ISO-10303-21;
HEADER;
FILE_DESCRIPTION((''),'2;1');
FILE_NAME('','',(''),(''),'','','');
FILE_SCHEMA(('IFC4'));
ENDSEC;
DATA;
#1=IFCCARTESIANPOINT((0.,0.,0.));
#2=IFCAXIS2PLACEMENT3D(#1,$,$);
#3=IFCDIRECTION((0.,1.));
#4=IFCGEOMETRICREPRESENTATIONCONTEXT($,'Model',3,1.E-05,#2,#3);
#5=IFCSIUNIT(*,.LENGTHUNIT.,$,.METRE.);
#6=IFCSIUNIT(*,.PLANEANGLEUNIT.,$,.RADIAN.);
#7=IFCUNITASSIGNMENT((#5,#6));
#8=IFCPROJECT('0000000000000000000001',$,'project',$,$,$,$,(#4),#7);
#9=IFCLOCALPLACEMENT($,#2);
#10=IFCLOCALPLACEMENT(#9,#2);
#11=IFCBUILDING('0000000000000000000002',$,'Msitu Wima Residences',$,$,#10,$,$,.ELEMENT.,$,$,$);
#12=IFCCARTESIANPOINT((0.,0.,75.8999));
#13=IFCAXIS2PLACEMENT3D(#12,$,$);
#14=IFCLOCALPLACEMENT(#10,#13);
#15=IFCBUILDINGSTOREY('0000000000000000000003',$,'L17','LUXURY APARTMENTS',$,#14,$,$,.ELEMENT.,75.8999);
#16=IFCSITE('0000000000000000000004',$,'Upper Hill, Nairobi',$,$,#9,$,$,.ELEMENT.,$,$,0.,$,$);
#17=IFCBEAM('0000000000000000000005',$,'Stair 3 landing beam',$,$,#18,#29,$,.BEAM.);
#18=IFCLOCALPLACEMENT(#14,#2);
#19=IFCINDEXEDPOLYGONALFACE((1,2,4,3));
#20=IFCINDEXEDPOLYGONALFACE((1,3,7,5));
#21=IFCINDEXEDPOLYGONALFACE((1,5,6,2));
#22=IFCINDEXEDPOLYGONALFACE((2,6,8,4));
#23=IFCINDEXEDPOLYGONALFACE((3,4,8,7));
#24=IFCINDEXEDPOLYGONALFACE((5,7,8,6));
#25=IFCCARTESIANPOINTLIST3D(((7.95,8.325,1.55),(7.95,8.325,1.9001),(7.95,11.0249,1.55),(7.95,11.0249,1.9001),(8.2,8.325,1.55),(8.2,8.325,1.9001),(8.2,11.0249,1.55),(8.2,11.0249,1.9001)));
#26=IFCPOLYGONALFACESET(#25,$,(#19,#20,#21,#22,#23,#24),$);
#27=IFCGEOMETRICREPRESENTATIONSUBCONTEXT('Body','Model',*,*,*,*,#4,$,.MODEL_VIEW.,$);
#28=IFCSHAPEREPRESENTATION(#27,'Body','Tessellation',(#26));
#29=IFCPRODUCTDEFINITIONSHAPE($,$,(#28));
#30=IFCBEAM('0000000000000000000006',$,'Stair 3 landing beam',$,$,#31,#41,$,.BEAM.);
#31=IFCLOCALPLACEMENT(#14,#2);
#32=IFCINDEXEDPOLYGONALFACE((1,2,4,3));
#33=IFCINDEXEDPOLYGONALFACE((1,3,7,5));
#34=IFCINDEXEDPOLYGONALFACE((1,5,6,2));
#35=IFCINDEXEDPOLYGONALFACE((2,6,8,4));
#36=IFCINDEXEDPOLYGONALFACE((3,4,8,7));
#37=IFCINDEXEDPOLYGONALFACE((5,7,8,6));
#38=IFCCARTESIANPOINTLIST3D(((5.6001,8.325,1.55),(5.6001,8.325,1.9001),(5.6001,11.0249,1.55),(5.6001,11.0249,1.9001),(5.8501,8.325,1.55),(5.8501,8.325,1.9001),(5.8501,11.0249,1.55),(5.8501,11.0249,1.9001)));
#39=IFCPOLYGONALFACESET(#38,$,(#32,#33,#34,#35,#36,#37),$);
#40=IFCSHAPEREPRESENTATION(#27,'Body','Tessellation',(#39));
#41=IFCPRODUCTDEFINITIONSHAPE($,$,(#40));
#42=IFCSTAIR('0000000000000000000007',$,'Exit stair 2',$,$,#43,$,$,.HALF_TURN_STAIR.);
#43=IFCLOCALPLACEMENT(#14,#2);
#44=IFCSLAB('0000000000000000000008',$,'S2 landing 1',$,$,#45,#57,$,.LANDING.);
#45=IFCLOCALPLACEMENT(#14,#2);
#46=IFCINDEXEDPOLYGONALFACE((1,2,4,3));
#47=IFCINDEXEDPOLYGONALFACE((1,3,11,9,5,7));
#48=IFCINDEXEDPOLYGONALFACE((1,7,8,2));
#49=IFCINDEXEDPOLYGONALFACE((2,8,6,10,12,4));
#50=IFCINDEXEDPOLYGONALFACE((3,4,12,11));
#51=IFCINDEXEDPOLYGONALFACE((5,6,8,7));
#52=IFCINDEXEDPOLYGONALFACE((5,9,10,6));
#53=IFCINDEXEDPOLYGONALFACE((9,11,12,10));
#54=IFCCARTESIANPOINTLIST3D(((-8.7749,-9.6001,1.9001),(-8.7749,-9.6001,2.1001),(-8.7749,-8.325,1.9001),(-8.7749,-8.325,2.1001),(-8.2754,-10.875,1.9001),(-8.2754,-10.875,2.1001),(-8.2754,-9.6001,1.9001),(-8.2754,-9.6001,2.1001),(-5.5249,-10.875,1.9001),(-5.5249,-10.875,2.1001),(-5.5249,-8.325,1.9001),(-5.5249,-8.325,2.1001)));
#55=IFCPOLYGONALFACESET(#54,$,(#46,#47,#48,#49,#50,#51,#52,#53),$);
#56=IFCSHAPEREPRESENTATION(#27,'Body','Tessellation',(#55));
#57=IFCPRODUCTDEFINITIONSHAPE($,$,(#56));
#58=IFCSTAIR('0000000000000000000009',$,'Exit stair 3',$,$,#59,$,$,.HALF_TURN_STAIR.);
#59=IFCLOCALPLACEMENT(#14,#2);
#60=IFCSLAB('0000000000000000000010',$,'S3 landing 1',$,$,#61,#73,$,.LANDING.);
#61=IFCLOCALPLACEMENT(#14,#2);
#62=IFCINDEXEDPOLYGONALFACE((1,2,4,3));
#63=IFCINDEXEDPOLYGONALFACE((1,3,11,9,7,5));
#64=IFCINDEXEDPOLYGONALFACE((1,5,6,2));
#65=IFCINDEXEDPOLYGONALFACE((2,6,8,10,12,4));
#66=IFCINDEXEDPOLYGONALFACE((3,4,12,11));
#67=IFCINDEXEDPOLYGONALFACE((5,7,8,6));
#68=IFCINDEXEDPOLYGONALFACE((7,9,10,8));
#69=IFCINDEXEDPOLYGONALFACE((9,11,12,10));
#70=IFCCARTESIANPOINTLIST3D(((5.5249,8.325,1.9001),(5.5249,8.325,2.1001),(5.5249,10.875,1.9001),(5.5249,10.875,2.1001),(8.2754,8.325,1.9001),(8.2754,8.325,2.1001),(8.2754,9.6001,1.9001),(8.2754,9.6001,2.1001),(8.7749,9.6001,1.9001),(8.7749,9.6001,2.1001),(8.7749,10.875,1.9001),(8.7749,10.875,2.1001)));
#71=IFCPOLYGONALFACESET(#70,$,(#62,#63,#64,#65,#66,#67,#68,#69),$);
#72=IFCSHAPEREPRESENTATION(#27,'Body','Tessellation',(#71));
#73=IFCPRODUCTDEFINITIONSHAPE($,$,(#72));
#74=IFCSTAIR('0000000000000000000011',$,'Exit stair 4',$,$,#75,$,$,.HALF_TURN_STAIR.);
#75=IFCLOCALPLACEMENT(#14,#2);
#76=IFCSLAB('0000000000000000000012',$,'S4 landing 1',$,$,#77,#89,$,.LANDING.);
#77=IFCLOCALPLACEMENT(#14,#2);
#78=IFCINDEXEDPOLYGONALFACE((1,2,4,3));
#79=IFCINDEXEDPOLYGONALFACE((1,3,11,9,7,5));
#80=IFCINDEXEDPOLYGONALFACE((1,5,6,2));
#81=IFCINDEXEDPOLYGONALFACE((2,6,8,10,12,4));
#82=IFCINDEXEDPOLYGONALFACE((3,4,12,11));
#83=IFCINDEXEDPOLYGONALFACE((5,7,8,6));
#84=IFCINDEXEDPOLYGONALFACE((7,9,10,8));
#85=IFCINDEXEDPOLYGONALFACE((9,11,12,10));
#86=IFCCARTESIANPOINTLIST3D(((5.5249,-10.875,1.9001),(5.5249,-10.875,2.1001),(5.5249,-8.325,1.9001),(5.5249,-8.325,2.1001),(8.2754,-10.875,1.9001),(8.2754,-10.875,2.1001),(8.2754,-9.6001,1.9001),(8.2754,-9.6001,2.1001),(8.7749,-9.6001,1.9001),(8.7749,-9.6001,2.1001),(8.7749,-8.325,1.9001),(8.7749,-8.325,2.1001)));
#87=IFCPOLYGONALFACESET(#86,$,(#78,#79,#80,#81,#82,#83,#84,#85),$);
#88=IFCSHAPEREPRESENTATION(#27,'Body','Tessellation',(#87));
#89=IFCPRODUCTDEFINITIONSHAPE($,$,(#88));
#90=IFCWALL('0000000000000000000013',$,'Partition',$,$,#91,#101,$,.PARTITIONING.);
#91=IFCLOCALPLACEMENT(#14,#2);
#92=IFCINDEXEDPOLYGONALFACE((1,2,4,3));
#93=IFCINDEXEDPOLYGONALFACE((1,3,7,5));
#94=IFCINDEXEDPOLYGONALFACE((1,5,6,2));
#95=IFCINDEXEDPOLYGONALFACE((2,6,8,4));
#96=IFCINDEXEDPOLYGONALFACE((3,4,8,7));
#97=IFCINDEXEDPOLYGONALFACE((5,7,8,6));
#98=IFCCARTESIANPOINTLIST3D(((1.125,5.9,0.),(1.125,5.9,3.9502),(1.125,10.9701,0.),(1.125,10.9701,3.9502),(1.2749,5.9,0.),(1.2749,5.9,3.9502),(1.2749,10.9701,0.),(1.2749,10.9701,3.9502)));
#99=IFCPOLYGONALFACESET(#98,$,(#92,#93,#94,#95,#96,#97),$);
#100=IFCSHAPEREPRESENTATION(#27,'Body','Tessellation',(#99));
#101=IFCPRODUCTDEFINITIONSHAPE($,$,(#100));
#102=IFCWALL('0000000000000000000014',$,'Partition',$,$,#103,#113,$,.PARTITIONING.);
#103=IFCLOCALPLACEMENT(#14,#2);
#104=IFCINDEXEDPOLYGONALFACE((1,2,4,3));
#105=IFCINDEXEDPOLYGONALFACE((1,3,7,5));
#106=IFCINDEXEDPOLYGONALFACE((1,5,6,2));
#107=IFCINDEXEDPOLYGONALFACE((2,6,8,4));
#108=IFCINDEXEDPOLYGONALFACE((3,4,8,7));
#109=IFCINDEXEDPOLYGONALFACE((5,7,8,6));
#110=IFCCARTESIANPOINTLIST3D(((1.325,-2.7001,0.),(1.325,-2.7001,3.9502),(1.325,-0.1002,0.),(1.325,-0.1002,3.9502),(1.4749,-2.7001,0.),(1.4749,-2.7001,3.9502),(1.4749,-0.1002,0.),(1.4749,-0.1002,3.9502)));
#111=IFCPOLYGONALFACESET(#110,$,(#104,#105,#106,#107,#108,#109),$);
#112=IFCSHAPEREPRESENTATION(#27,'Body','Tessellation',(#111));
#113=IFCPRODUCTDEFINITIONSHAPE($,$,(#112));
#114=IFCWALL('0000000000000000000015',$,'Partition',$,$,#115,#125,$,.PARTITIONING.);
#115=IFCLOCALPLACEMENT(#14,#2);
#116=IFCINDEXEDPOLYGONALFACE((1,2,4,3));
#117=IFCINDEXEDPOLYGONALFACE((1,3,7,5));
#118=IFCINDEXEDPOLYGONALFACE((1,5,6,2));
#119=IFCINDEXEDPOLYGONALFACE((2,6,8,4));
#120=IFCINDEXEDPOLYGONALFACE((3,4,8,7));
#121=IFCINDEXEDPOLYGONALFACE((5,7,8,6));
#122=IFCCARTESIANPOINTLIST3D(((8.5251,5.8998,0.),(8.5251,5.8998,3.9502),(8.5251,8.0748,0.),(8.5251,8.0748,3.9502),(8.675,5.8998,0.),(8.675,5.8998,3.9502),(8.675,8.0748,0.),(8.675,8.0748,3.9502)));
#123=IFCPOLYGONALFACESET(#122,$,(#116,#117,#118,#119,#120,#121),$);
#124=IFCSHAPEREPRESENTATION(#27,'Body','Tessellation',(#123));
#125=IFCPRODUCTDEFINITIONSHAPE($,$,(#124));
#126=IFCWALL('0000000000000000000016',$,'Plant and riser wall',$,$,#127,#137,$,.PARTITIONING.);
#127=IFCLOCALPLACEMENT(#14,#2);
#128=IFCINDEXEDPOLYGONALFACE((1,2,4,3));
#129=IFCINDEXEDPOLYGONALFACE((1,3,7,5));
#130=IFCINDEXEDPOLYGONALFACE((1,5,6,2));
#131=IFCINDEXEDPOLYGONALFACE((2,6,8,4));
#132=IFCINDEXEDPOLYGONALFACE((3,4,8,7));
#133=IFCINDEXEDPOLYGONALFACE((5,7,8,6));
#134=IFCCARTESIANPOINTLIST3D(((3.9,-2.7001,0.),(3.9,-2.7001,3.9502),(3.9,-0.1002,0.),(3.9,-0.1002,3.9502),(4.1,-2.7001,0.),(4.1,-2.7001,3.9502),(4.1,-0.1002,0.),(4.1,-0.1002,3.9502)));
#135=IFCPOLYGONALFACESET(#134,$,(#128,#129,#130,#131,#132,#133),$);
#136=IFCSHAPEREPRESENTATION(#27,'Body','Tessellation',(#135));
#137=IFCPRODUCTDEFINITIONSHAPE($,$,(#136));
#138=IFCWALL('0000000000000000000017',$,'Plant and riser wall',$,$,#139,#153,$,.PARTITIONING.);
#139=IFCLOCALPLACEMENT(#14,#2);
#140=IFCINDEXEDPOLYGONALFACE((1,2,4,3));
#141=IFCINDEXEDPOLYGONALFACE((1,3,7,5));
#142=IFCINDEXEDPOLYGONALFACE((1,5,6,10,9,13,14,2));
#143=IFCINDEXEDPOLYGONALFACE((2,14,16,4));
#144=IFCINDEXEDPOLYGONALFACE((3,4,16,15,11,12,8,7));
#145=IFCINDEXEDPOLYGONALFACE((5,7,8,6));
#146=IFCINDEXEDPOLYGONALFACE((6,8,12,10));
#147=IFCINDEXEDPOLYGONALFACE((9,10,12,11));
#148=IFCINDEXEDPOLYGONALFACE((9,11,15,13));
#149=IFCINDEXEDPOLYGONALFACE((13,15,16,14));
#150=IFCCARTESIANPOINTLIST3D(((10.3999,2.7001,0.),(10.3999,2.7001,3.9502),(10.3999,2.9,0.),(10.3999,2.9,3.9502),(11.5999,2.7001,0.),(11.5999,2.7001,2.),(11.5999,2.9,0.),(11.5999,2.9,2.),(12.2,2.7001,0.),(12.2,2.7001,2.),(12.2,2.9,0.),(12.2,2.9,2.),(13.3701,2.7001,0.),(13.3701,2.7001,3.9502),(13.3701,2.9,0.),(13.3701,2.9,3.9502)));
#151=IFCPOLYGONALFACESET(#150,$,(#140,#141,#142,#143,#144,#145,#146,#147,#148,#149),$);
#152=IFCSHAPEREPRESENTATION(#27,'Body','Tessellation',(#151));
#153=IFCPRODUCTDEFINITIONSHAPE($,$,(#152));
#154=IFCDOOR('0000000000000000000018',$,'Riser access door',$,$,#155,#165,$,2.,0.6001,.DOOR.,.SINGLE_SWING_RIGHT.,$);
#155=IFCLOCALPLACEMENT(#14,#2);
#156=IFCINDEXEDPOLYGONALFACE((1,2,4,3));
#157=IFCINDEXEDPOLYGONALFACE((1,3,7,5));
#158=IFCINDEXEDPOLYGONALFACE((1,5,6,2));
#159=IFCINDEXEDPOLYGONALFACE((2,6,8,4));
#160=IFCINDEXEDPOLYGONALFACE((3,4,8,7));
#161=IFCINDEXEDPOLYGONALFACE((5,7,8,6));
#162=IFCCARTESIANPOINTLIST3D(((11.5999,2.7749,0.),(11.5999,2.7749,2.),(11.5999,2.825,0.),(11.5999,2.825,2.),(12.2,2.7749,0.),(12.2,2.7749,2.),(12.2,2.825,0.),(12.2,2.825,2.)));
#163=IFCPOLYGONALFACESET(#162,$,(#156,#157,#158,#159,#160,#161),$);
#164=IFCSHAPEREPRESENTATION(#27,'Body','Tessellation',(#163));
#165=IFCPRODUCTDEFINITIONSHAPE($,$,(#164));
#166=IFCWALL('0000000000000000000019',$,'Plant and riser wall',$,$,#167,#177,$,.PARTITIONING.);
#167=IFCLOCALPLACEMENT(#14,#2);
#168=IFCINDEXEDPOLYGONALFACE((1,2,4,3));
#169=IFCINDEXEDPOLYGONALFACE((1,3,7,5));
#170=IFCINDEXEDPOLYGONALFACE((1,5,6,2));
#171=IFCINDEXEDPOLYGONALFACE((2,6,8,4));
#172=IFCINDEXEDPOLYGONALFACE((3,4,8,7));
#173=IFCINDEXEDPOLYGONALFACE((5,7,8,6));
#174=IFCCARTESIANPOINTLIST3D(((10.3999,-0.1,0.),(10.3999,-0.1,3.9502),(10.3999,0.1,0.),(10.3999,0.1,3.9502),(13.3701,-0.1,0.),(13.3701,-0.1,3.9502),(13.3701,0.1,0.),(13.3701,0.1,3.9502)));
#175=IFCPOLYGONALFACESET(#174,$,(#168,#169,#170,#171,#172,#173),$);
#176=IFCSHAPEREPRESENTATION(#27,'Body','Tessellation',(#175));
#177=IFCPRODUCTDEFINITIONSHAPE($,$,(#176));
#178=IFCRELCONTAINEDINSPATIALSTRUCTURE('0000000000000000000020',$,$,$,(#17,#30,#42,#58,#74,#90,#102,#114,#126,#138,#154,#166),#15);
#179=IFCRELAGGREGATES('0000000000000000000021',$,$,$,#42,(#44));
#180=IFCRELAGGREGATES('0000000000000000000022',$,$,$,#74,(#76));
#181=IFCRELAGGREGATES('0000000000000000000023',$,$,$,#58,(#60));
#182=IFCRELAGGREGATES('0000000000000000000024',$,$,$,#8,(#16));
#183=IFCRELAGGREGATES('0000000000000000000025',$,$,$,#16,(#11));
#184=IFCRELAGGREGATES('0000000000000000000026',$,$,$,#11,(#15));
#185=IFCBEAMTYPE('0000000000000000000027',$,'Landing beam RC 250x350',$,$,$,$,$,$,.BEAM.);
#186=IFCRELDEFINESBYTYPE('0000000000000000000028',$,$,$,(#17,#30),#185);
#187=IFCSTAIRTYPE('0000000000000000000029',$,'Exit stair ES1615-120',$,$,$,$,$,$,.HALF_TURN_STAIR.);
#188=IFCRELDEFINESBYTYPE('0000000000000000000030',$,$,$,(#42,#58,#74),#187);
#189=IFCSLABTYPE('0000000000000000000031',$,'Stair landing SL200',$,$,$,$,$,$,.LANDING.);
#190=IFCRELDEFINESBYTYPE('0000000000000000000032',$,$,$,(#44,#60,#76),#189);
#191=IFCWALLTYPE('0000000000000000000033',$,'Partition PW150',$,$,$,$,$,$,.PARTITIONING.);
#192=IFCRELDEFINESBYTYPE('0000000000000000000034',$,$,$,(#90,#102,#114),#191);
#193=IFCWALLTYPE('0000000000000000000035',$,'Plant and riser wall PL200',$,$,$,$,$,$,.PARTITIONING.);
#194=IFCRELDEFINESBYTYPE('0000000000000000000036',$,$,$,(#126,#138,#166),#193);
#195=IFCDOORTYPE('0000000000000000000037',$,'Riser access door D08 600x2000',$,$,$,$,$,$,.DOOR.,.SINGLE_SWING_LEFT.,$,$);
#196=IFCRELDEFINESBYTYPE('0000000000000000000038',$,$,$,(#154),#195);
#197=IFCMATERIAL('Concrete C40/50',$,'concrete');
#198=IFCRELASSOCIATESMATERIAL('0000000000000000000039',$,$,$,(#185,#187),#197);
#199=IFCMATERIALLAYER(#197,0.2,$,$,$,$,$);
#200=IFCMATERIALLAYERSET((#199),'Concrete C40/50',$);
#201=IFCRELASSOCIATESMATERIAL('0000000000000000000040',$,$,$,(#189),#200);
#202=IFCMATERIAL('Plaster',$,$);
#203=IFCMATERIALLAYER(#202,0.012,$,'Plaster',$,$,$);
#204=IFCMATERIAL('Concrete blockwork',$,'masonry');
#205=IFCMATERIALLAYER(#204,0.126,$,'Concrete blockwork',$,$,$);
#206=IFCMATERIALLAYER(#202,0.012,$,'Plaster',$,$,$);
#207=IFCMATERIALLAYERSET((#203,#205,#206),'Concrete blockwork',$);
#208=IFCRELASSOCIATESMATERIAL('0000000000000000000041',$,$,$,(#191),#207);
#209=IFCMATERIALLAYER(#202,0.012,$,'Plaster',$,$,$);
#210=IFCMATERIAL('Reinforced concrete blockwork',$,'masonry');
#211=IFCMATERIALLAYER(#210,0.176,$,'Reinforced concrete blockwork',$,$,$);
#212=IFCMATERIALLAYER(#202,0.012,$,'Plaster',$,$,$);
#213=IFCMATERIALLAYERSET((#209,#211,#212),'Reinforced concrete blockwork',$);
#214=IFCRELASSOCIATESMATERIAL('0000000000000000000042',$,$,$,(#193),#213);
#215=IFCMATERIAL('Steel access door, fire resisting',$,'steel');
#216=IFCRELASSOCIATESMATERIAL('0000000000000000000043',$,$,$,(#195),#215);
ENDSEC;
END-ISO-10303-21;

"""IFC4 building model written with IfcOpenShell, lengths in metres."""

from ifc_helpers import new_model, si_unit, direction, frame, frame_2d, origin, origin_2d, place, context, subcontext, project, spatial, polyline, rectangle, outline, extrude, material, layer, layer_set, material_profile, profile_set, type_object, element, fill, aggregate, save


model = new_model("IFC4")

# Units and contexts
model_context = context("Model", 3, precision=1e-05, world=origin(), true_north=direction((0.0, 1.0)))
body_context = subcontext(model_context, "Body", "Model", "MODEL_VIEW")
ifc_project = project(units=[si_unit("LENGTHUNIT", "METRE"), si_unit("PLANEANGLEUNIT", "RADIAN")], contexts=[model_context])

# Site, building, storey
site_placement = place(None, origin())
site = spatial("IfcSite", under=ifc_project, at=site_placement, Name="Upper Hill, Nairobi", CompositionType="ELEMENT", RefElevation=0.0)
building_placement = place(site_placement, origin())
building = spatial("IfcBuilding", under=site, at=building_placement, Name="Msitu Wima Residences", CompositionType="ELEMENT")
storey_placement = place(building_placement, frame((0.0, 0.0, 75.8999)))
storey = spatial("IfcBuildingStorey", under=building, at=storey_placement, Name="L17", Description="LUXURY APARTMENTS", CompositionType="ELEMENT", Elevation=75.8999)

# Beams
ifc_material_1 = material(Name="Concrete C40/50", Category="concrete")
ifc_material_profile = material_profile(ifc_material_1, rectangle(XDim=0.25, YDim=0.3501, at=origin_2d()), Name="RC 250x350")
ifc_profile_set = profile_set([ifc_material_profile], Name="Concrete C40/50")
beam_type = type_object("IfcBeamType", Name="Landing beam RC 250x350", PredefinedType="BEAM", material=ifc_profile_set)
for number, where, z_axis, x_axis, name in (
    (1, (8.075, 8.325, 1.7251), (0.0, 1.0, 0.0), (-1.0, 0.0, 0.0), "Stair 3 landing beam"),
    (2, (5.7251, 8.325, 1.7251), (0.0, 1.0, 0.0), (-1.0, 0.0, 0.0), "Stair 3 landing beam"),
):
    element("IfcBeam", number, at=place(storey_placement, frame(where, z_axis=z_axis, x_axis=x_axis)), inside=storey, type_object=beam_type, Name=name, PredefinedType="BEAM", context=body_context, shape_type="SweptSolid", body=[
        extrude(rectangle(XDim=0.25, YDim=0.3501, at=origin_2d()), origin(), (0.0, 0.0, 1.0), 2.7),
    ])

# Stairs, slabs
stair_type = type_object("IfcStairType", Name="Exit stair ES1615-120", PredefinedType="HALF_TURN_STAIR", material=ifc_material_1)
stair_1_placement = place(storey_placement, origin())
stair_1 = element("IfcStair", 3, at=stair_1_placement, inside=storey, type_object=stair_type, Name="Exit stair 2", PredefinedType="HALF_TURN_STAIR")
ifc_layer_1 = layer(ifc_material_1, 0.2)
ifc_layer_set_1 = layer_set([ifc_layer_1], Name="Concrete C40/50")
slab_type = type_object("IfcSlabType", Name="Stair landing SL200", PredefinedType="LANDING", material=ifc_layer_set_1)
slab_1_placement = place(storey_placement, frame((0.0, 0.0, 1.9001)))
slab_1 = element("IfcSlab", 4, at=slab_1_placement, type_object=slab_type, Name="S2 landing 1", PredefinedType="LANDING", context=body_context, shape_type="SweptSolid", body=[
    extrude(outline(polyline([(-5.5249, -10.875), (-8.2754, -10.875), (-8.2754, -9.6001), (-8.7749, -9.6001), (-8.7749, -8.325), (-5.5249, -8.325), (-5.5249, -10.875)])), origin(), (0.0, 0.0, 1.0), 0.2),
])
aggregate(stair_1, [slab_1])
stair_2_placement = place(storey_placement, origin())
stair_2 = element("IfcStair", 5, at=stair_2_placement, inside=storey, type_object=stair_type, Name="Exit stair 3", PredefinedType="HALF_TURN_STAIR")
slab_2_placement = place(storey_placement, frame((0.0, 0.0, 1.9001)))
slab_2 = element("IfcSlab", 6, at=slab_2_placement, type_object=slab_type, Name="S3 landing 1", PredefinedType="LANDING", context=body_context, shape_type="SweptSolid", body=[
    extrude(outline(polyline([(5.5249, 8.325), (8.2754, 8.325), (8.2754, 9.6001), (8.7749, 9.6001), (8.7749, 10.875), (5.5249, 10.875), (5.5249, 8.325)])), origin(), (0.0, 0.0, 1.0), 0.2),
])
stair_3_placement = place(storey_placement, origin())
stair_3 = element("IfcStair", 7, at=stair_3_placement, inside=storey, type_object=stair_type, Name="Exit stair 4", PredefinedType="HALF_TURN_STAIR")
slab_3_placement = place(storey_placement, frame((0.0, 0.0, 1.9001)))
slab_3 = element("IfcSlab", 8, at=slab_3_placement, type_object=slab_type, Name="S4 landing 1", PredefinedType="LANDING", context=body_context, shape_type="SweptSolid", body=[
    extrude(outline(polyline([(5.5249, -10.875), (8.2754, -10.875), (8.2754, -9.6001), (8.7749, -9.6001), (8.7749, -8.325), (5.5249, -8.325), (5.5249, -10.875)])), origin(), (0.0, 0.0, 1.0), 0.2),
])
aggregate(stair_3, [slab_3])

# Walls
ifc_material_2 = material(Name="Plaster")
ifc_layer_2 = layer(ifc_material_2, 0.012, Name="Plaster")
ifc_material_3 = material(Name="Concrete blockwork", Category="masonry")
ifc_layer_3 = layer(ifc_material_3, 0.126, Name="Concrete blockwork")
ifc_layer_4 = layer(ifc_material_2, 0.012, Name="Plaster")
ifc_layer_set_2 = layer_set([ifc_layer_2, ifc_layer_3, ifc_layer_4], Name="Concrete blockwork")
wall_type_1 = type_object("IfcWallType", Name="Partition PW150", PredefinedType="PARTITIONING", material=ifc_layer_set_2)
wall_1_placement = place(storey_placement, frame((1.2, 5.8999, 0.0), z_axis=(0.0, 0.0, 1.0), x_axis=(0.0, 1.0, 0.0)))
element("IfcWall", 9, at=wall_1_placement, inside=storey, type_object=wall_type_1, Name="Partition", PredefinedType="PARTITIONING", context=body_context, shape_type="SweptSolid", body=[
    extrude(rectangle(XDim=5.0701, YDim=0.1499, at=frame_2d((2.5352, 0.0))), origin(), (0.0, 0.0, 1.0), 3.9502),
])
wall_2_placement = place(storey_placement, frame((1.3999, -2.7, 0.0), z_axis=(0.0, 0.0, 1.0), x_axis=(0.0, 1.0, 0.0)))
element("IfcWall", 10, at=wall_2_placement, inside=storey, type_object=wall_type_1, Name="Partition", PredefinedType="PARTITIONING", context=body_context, shape_type="SweptSolid", body=[
    extrude(rectangle(XDim=2.5999, YDim=0.1499, at=frame_2d((1.2998, 0.0))), origin(), (0.0, 0.0, 1.0), 3.9502),
])
wall_3_placement = place(storey_placement, frame((8.6001, 5.8999, 0.0), z_axis=(0.0, 0.0, 1.0), x_axis=(0.0, 1.0, 0.0)))
element("IfcWall", 11, at=wall_3_placement, inside=storey, type_object=wall_type_1, Name="Partition", PredefinedType="PARTITIONING", context=body_context, shape_type="SweptSolid", body=[
    extrude(rectangle(XDim=2.175, YDim=0.1499, at=frame_2d((1.0874, 0.0))), origin(), (0.0, 0.0, 1.0), 3.9502),
])
ifc_layer_5 = layer(ifc_material_2, 0.012, Name="Plaster")
ifc_material_4 = material(Name="Reinforced concrete blockwork", Category="masonry")
ifc_layer_6 = layer(ifc_material_4, 0.176, Name="Reinforced concrete blockwork")
ifc_layer_7 = layer(ifc_material_2, 0.012, Name="Plaster")
ifc_layer_set_3 = layer_set([ifc_layer_5, ifc_layer_6, ifc_layer_7], Name="Reinforced concrete blockwork")
wall_type_2 = type_object("IfcWallType", Name="Plant and riser wall PL200", PredefinedType="PARTITIONING", material=ifc_layer_set_3)
wall_4_placement = place(storey_placement, frame((4.0, -2.7, 0.0), z_axis=(0.0, 0.0, 1.0), x_axis=(0.0, 1.0, 0.0)))
element("IfcWall", 12, at=wall_4_placement, inside=storey, type_object=wall_type_2, Name="Plant and riser wall", PredefinedType="PARTITIONING", context=body_context, shape_type="SweptSolid", body=[
    extrude(rectangle(XDim=2.5999, YDim=0.2, at=frame_2d((1.2998, 0.0))), origin(), (0.0, 0.0, 1.0), 3.9502),
])

# Wall, opening, door
wall_5_placement = place(storey_placement, frame((10.3999, 2.8, 0.0), z_axis=(0.0, 0.0, 1.0), x_axis=(1.0, 0.0, 0.0)))
wall_5 = element("IfcWall", 13, at=wall_5_placement, inside=storey, type_object=wall_type_2, Name="Plant and riser wall", PredefinedType="PARTITIONING", context=body_context, shape_type="SweptSolid", body=[
    extrude(rectangle(XDim=2.9702, YDim=0.2, at=frame_2d((1.4851, 0.0))), origin(), (0.0, 0.0, 1.0), 3.9502),
])
opening_placement = place(wall_5_placement, frame((1.2, 0.0, 0.0)))
opening = element("IfcOpeningElement", 14, at=opening_placement, cuts=wall_5, PredefinedType="OPENING", context=body_context, shape_type="SweptSolid", body=[
    extrude(rectangle(XDim=0.6001, YDim=2.0, at=frame_2d((0.3, 1.0))), frame((0.0, 0.1099, 0.0), z_axis=(0.0, -1.0, 0.0), x_axis=(1.0, 0.0, 0.0)), (0.0, 0.0, 1.0), 0.22),
])
ifc_material_5 = material(Name="Steel access door, fire resisting", Category="steel")
door_type = type_object("IfcDoorType", Name="Riser access door D08 600x2000", OperationType="SINGLE_SWING_LEFT", PredefinedType="DOOR", material=ifc_material_5)
door_placement = place(opening_placement, origin())
door = element("IfcDoor", 15, at=door_placement, inside=storey, type_object=door_type, Name="Riser access door", OperationType="SINGLE_SWING_RIGHT", OverallHeight=2.0, OverallWidth=0.6001, PredefinedType="DOOR", context=body_context, shape_type="SweptSolid", body=[
    extrude(rectangle(XDim=0.6001, YDim=2.0, at=frame_2d((0.3, 1.0))), frame((0.0, 0.0249, 0.0), z_axis=(0.0, -1.0, 0.0), x_axis=(1.0, 0.0, 0.0)), (0.0, 0.0, 1.0), 0.05),
])
fill(opening, door)

# Wall
wall_6_placement = place(storey_placement, frame((10.3999, 0.0, 0.0), z_axis=(0.0, 0.0, 1.0), x_axis=(1.0, 0.0, 0.0)))
element("IfcWall", 16, at=wall_6_placement, inside=storey, type_object=wall_type_2, Name="Plant and riser wall", PredefinedType="PARTITIONING", context=body_context, shape_type="SweptSolid", body=[
    extrude(rectangle(XDim=2.9702, YDim=0.2, at=frame_2d((1.4851, 0.0))), origin(), (0.0, 0.0, 1.0), 3.9502),
])

aggregate(stair_2, [slab_2])

save(model, "model.ifc")
